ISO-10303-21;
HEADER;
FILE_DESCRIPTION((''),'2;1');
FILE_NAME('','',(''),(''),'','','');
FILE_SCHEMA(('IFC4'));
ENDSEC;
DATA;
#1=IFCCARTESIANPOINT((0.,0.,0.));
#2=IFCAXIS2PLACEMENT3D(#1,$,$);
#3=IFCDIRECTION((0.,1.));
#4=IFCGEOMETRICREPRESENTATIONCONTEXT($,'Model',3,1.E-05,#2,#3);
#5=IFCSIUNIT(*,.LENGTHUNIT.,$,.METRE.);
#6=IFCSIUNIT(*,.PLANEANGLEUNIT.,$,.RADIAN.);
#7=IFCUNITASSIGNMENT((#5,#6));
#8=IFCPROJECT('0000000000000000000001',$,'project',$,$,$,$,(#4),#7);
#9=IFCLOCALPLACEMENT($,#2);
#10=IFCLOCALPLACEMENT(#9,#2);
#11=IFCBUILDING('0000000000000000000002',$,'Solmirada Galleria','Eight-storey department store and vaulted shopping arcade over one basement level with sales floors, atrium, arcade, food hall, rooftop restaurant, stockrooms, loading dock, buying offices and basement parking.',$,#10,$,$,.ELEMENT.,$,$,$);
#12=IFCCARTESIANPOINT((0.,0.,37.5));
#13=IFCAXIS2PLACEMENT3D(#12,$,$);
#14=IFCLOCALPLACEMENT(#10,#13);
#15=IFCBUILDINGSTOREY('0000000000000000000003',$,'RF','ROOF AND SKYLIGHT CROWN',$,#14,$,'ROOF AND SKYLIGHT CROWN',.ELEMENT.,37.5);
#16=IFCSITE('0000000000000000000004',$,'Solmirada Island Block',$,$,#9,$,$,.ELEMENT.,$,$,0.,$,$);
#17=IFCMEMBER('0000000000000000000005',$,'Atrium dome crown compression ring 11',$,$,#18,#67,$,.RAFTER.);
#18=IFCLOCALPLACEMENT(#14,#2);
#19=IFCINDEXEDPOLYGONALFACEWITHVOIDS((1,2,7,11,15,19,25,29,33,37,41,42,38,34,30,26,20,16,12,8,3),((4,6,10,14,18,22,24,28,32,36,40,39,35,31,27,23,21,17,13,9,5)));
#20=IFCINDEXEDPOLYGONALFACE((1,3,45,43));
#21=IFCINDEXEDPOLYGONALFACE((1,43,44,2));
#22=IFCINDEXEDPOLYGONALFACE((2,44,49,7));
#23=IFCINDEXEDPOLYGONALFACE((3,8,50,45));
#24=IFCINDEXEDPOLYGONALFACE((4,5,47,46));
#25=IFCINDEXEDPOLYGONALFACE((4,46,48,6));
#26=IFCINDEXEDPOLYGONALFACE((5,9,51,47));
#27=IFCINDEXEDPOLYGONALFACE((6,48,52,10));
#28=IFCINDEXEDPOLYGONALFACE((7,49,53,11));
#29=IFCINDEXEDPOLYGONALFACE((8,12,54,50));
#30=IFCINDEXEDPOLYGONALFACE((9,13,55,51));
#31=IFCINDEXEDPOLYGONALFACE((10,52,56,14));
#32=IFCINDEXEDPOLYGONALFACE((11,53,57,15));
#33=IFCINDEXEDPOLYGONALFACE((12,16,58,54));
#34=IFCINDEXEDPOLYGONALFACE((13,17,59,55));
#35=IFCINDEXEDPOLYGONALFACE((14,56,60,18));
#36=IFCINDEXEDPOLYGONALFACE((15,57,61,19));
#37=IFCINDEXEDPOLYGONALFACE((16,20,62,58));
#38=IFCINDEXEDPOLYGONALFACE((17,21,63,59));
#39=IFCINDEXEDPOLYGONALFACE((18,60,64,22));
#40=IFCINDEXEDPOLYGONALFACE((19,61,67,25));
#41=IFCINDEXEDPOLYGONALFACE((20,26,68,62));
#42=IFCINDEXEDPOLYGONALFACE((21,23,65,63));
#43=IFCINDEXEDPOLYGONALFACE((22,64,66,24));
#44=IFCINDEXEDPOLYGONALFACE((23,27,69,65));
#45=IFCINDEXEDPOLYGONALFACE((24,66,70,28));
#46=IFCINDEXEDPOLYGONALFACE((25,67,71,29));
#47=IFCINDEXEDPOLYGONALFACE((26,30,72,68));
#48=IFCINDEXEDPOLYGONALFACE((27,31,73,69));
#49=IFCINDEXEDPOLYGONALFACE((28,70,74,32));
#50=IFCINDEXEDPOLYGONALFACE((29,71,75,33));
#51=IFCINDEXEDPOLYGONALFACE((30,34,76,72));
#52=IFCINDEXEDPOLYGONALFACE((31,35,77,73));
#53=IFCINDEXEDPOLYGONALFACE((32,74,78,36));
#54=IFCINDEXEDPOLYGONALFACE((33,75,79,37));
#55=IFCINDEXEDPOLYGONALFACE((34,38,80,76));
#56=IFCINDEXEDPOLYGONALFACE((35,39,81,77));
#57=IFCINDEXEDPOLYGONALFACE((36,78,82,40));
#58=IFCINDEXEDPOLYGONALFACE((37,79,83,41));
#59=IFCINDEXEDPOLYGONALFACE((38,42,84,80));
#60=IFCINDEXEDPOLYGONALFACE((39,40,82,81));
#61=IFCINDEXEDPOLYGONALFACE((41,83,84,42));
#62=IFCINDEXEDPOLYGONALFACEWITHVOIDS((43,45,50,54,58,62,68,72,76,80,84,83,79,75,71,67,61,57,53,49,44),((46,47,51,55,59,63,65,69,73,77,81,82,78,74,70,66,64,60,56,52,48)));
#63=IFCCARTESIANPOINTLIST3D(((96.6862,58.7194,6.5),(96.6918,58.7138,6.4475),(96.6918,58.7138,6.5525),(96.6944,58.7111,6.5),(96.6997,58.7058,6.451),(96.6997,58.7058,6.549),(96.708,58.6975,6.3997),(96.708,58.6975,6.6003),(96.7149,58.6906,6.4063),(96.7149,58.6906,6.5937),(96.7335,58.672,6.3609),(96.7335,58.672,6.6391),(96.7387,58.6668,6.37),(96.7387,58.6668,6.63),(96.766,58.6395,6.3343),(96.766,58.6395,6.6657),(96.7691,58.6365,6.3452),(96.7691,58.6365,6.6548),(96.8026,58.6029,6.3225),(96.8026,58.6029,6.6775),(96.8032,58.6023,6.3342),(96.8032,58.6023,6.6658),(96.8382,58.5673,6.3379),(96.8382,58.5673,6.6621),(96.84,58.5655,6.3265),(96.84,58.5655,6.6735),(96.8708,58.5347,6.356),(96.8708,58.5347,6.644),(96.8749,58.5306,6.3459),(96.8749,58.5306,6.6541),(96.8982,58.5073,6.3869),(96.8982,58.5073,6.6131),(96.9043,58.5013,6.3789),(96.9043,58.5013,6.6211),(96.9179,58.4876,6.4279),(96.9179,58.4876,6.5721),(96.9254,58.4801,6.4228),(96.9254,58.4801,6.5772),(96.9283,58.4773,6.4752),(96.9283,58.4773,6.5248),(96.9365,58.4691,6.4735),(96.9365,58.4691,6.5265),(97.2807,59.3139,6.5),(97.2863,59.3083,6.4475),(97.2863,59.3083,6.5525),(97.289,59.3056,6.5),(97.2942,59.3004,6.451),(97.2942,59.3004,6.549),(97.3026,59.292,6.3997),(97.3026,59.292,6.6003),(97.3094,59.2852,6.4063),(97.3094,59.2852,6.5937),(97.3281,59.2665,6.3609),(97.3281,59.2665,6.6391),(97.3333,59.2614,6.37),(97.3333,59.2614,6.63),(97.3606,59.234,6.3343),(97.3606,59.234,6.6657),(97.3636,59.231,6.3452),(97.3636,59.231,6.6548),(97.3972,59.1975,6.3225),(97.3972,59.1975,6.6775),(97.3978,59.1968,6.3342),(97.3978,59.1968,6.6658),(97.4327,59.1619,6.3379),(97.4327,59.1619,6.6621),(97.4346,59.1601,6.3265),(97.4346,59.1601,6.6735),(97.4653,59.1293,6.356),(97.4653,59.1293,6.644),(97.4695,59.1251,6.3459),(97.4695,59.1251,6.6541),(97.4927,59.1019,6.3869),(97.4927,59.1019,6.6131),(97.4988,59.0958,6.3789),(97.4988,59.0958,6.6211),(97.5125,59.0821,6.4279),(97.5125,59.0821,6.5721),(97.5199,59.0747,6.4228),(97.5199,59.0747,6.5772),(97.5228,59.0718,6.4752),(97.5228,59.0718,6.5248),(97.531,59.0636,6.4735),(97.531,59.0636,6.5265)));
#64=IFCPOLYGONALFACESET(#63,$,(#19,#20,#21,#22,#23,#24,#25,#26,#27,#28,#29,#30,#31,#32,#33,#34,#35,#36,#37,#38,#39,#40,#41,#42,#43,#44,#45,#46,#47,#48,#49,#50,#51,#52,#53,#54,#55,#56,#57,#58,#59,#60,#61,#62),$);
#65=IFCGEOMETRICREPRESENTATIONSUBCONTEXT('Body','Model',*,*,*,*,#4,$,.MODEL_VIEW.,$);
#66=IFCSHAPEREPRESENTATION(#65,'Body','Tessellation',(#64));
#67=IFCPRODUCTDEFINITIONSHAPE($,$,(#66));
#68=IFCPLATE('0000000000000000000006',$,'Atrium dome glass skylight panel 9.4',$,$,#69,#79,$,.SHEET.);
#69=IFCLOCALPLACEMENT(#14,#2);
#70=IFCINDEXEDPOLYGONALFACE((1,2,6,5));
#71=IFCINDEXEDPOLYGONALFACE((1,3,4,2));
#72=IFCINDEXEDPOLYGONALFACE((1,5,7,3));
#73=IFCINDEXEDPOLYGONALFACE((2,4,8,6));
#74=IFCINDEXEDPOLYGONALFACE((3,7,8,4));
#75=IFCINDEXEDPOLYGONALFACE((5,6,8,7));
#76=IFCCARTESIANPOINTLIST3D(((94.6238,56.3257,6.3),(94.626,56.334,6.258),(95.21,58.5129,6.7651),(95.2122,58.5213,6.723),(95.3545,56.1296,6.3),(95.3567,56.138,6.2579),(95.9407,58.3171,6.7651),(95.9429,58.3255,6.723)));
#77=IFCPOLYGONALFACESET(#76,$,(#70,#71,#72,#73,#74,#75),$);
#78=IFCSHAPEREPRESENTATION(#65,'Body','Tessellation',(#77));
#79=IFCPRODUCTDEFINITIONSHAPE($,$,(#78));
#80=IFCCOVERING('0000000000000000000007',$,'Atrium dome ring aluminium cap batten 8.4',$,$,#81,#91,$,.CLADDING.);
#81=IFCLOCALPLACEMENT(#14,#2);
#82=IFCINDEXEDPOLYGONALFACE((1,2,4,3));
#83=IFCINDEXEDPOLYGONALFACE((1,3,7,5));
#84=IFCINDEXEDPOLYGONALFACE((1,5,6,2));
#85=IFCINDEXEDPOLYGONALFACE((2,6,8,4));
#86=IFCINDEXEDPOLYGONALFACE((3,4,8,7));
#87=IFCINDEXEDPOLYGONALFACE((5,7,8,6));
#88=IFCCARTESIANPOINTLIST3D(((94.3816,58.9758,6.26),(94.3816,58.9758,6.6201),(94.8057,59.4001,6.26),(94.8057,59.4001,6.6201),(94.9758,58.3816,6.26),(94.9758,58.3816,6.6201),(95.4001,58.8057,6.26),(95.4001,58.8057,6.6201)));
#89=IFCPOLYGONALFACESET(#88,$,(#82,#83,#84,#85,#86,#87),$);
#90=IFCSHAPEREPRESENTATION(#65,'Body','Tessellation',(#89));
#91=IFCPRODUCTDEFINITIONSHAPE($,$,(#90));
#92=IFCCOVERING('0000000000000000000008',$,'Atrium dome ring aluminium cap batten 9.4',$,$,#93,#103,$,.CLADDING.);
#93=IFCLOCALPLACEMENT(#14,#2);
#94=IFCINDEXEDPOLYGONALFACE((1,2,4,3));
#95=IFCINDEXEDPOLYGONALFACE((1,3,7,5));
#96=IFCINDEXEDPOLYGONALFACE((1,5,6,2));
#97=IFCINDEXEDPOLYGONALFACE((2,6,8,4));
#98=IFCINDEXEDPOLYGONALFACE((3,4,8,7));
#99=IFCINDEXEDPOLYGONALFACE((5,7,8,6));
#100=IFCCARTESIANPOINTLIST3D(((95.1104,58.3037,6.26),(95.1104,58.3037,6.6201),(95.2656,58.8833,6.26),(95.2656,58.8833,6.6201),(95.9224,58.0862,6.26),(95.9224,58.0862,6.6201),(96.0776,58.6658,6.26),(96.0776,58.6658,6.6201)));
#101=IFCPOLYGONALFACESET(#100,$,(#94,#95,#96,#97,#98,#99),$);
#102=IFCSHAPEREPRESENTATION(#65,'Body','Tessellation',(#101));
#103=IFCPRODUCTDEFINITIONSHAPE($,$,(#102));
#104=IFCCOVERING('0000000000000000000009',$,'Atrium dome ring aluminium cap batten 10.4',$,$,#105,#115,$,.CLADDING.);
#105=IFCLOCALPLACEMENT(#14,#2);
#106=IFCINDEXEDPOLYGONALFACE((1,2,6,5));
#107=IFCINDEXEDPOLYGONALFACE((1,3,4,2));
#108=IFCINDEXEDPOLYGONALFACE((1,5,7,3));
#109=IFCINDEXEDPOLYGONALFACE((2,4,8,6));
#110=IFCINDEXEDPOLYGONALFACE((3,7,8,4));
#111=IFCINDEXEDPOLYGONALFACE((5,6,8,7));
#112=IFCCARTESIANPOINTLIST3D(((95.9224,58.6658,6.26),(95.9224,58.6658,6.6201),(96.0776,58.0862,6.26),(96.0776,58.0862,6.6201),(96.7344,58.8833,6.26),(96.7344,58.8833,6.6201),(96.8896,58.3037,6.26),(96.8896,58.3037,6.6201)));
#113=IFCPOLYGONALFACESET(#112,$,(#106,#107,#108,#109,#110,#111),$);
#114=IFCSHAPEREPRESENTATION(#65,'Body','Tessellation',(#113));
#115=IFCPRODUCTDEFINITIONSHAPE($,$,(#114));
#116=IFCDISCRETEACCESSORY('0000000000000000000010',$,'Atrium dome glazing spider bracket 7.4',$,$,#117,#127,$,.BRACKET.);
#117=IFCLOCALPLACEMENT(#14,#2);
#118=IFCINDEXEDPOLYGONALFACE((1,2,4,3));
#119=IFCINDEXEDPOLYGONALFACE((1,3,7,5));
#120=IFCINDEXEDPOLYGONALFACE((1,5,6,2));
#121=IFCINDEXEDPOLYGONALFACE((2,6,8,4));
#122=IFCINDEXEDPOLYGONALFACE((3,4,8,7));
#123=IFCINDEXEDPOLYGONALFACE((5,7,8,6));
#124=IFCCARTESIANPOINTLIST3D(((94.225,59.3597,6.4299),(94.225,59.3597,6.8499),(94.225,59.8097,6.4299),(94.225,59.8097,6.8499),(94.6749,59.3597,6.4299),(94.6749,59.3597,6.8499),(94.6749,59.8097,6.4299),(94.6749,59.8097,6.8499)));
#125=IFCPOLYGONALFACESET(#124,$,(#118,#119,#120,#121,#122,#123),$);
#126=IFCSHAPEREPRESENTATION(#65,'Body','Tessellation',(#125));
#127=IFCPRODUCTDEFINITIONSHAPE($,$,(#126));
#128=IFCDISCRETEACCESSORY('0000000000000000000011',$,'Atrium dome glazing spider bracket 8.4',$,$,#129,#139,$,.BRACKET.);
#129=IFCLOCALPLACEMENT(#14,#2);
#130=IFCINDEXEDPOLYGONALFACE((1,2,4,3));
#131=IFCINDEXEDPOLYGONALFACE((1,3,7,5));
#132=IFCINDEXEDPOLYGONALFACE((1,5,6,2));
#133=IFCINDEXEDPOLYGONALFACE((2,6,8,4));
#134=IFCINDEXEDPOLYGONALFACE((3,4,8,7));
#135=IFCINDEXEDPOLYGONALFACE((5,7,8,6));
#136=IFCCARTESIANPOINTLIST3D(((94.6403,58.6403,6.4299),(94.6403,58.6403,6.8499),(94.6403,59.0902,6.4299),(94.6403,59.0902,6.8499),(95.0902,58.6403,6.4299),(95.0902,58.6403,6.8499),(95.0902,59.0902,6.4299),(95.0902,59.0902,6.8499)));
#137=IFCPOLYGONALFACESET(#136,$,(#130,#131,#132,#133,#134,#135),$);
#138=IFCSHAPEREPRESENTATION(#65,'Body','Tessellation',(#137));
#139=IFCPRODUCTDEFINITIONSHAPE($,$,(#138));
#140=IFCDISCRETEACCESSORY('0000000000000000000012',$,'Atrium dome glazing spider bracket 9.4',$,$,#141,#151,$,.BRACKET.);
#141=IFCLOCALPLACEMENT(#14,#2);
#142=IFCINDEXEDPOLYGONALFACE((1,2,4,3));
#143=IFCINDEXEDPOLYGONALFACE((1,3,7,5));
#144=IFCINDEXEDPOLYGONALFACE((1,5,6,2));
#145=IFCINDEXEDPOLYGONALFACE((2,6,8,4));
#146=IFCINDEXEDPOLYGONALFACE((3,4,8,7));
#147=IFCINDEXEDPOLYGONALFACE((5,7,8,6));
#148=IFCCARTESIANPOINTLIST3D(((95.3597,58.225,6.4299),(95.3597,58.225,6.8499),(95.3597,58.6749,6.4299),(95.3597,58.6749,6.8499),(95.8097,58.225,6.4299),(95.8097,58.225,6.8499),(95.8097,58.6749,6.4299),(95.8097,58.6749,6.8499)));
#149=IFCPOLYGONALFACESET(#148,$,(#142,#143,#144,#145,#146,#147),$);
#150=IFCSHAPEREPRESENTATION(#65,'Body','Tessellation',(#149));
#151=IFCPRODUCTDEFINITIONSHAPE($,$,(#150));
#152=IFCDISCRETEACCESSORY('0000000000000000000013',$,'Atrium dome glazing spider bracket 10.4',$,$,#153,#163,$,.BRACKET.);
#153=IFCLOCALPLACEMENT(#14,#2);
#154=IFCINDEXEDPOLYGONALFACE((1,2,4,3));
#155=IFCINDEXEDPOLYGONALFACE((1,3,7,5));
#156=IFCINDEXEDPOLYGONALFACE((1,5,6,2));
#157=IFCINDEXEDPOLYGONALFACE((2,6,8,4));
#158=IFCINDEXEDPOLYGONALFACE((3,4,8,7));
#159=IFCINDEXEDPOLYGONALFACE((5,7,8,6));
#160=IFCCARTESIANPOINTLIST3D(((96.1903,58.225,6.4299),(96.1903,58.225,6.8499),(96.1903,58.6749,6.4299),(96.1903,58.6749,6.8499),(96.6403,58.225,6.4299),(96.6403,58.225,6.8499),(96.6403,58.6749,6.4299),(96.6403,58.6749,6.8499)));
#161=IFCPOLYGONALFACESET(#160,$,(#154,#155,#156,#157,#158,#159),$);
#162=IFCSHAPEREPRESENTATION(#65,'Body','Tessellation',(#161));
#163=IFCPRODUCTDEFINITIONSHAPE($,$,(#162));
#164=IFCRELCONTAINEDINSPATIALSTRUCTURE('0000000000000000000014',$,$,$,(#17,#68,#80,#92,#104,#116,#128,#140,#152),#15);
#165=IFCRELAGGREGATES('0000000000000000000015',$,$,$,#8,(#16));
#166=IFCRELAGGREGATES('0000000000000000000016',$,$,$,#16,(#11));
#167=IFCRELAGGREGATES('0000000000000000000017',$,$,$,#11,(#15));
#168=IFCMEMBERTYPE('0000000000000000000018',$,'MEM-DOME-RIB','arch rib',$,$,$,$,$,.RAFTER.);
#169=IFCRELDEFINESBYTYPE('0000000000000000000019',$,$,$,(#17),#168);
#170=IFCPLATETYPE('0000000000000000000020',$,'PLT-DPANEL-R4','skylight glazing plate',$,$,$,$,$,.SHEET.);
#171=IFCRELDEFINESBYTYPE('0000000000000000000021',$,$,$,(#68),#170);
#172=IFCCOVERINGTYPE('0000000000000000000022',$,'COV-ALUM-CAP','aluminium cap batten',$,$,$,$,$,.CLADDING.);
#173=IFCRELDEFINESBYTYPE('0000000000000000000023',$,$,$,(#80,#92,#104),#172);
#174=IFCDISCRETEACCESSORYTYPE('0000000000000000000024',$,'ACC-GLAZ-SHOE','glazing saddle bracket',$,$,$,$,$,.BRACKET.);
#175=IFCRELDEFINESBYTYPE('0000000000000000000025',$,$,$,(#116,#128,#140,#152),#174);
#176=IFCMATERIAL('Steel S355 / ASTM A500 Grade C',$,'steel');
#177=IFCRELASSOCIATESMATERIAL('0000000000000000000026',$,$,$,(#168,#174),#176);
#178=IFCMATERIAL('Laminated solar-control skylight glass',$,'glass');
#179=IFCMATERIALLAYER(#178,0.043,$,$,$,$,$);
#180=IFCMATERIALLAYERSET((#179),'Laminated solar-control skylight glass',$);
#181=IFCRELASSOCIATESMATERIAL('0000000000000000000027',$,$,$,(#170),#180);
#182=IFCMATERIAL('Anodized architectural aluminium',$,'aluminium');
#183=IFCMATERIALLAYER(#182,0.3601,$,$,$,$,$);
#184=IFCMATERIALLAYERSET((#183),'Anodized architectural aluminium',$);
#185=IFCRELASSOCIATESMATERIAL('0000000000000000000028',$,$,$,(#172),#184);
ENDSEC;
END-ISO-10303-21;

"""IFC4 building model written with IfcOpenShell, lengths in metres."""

from ifc_helpers import new_model, si_unit, direction, frame, origin, origin_2d, place, context, subcontext, project, spatial, polyline, rectangle, hollow_circle, outline, extrude, material, layer, layer_set, material_profile, profile_set, type_object, element, save


model = new_model("IFC4")

# Units and contexts
model_context = context("Model", 3, precision=1e-05, world=origin(), true_north=direction((0.0, 1.0)))
body_context = subcontext(model_context, "Body", "Model", "MODEL_VIEW")
ifc_project = project(units=[si_unit("LENGTHUNIT", "METRE"), si_unit("PLANEANGLEUNIT", "RADIAN")], contexts=[model_context])

# Site, building, storey
site_placement = place(None, origin())
site = spatial("IfcSite", under=ifc_project, at=site_placement, Name="Solmirada Island Block", CompositionType="ELEMENT", RefElevation=0.0)
building_placement = place(site_placement, origin())
building = spatial("IfcBuilding", under=site, at=building_placement, Name="Solmirada Galleria", Description="Eight-storey department store and vaulted shopping arcade over one basement level with sales floors, atrium, arcade, food hall, rooftop restaurant, stockrooms, loading dock, buying offices and basement parking.", CompositionType="ELEMENT")
storey_placement = place(building_placement, frame((0.0, 0.0, 37.5)))
storey = spatial("IfcBuildingStorey", under=building, at=storey_placement, Name="RF", Description="ROOF AND SKYLIGHT CROWN", LongName="ROOF AND SKYLIGHT CROWN", CompositionType="ELEMENT", Elevation=37.5)

# Member
ifc_material_1 = material(Name="Steel S355 / ASTM A500 Grade C", Category="steel")
ifc_material_profile_1 = material_profile(ifc_material_1, hollow_circle(Radius=0.178, WallThickness=0.0117, at=origin_2d()), Name="HSS14.000X0.500")
ifc_profile_set_1 = profile_set([ifc_material_profile_1], Name="Steel S355 / ASTM A500 Grade C")
member_type_1 = type_object("IfcMemberType", Name="MEM-DOME-RIB", Description="arch rib", PredefinedType="RAFTER", material=ifc_profile_set_1)
member_1_placement = place(storey_placement, frame((96.812, 58.5935, 6.5), z_axis=(0.707107, 0.707107, 0.0), x_axis=(-0.707107, 0.707107, 0.0)))
element("IfcMember", 1, at=member_1_placement, inside=storey, type_object=member_type_1, Name="Atrium dome crown compression ring 11", PredefinedType="RAFTER", context=body_context, shape_type="SweptSolid", body=[
    extrude(hollow_circle(Radius=0.178, WallThickness=0.0117, at=origin_2d()), origin(), (0.0, 0.0, 1.0), 0.8408),
])

# Plate
ifc_material_2 = material(Name="Laminated solar-control skylight glass", Category="glass")
ifc_layer_1 = layer(ifc_material_2, 0.043)
ifc_layer_set_1 = layer_set([ifc_layer_1], Name="Laminated solar-control skylight glass")
plate_type = type_object("IfcPlateType", Name="PLT-DPANEL-R4", Description="skylight glazing plate", PredefinedType="SHEET", material=ifc_layer_set_1)
plate_placement = place(storey_placement, frame((94.6238, 56.3257, 6.3), z_axis=(-0.052101, -0.194314, 0.979555), x_axis=(0.965844, -0.259122, -0.000031)))
element("IfcPlate", 2, at=plate_placement, inside=storey, type_object=plate_type, Name="Atrium dome glass skylight panel 9.4", PredefinedType="SHEET", context=body_context, shape_type="SweptSolid", body=[
    extrude(outline(polyline([(0.0, 0.0), (0.7566, 0.0), (0.7559, 2.3119), (-0.0006, 2.3117), (0.0, 0.0)])), origin(), (0.0, 0.0, -1.0), 0.043),
])

# Coverings
ifc_material_3 = material(Name="Anodized architectural aluminium", Category="aluminium")
ifc_layer_2 = layer(ifc_material_3, 0.3601)
ifc_layer_set_2 = layer_set([ifc_layer_2], Name="Anodized architectural aluminium")
covering_type = type_object("IfcCoveringType", Name="COV-ALUM-CAP", Description="aluminium cap batten", PredefinedType="CLADDING", material=ifc_layer_set_2)
covering_1_placement = place(storey_placement, frame((94.3816, 58.9758, 6.6201), z_axis=(0.0, 0.0, 1.0), x_axis=(0.706903, 0.70731, 0.0)))
element("IfcCovering", 3, at=covering_1_placement, inside=storey, type_object=covering_type, Name="Atrium dome ring aluminium cap batten 8.4", PredefinedType="CLADDING", context=body_context, shape_type="SweptSolid", body=[
    extrude(outline(polyline([(0.0, 0.0), (0.5999, 0.0), (0.5997, -0.8407), (-0.0002, -0.8404), (0.0, 0.0)])), origin(), (0.0, 0.0, -1.0), 0.3601),
])
covering_2_placement = place(storey_placement, frame((95.1104, 58.3037, 6.6201), z_axis=(0.0, 0.0, 1.0), x_axis=(0.258777, 0.965937, 0.0)))
element("IfcCovering", 4, at=covering_2_placement, inside=storey, type_object=covering_type, Name="Atrium dome ring aluminium cap batten 9.4", PredefinedType="CLADDING", context=body_context, shape_type="SweptSolid", body=[
    extrude(outline(polyline([(0.0, 0.0), (0.6, 0.0), (0.6, -0.8406), (0.0, -0.8406), (0.0, 0.0)])), origin(), (0.0, 0.0, -1.0), 0.3601),
])
covering_3_placement = place(storey_placement, frame((96.0776, 58.0862, 6.6201), z_axis=(0.0, 0.0, 1.0), x_axis=(-0.258777, 0.965937, 0.0)))
element("IfcCovering", 5, at=covering_3_placement, inside=storey, type_object=covering_type, Name="Atrium dome ring aluminium cap batten 10.4", PredefinedType="CLADDING", context=body_context, shape_type="SweptSolid", body=[
    extrude(outline(polyline([(0.0, 0.0), (0.6, 0.0), (0.6, -0.8406), (0.0, -0.8406), (0.0, 0.0)])), origin(), (0.0, 0.0, -1.0), 0.3601),
])

# Discrete accessories
discrete_accessory_type = type_object("IfcDiscreteAccessoryType", Name="ACC-GLAZ-SHOE", Description="glazing saddle bracket", PredefinedType="BRACKET", material=ifc_material_1)
for number, where, z_axis, x_axis, name in (
    (6, (94.45, 59.5847, 6.4299), (0.0, 0.0, 1.0), (1.0, 0.0, 0.0), "Atrium dome glazing spider bracket 7.4"),
    (7, (94.8652, 58.8652, 6.4299), (0.0, 0.0, 1.0), (1.0, 0.0, 0.0), "Atrium dome glazing spider bracket 8.4"),
    (8, (95.5847, 58.45, 6.4299), (0.0, 0.0, 1.0), (1.0, 0.0, 0.0), "Atrium dome glazing spider bracket 9.4"),
    (9, (96.4153, 58.45, 6.4299), (0.0, 0.0, 1.0), (1.0, 0.0, 0.0), "Atrium dome glazing spider bracket 10.4"),
):
    element("IfcDiscreteAccessory", number, at=place(storey_placement, frame(where, z_axis=z_axis, x_axis=x_axis)), inside=storey, type_object=discrete_accessory_type, Name=name, PredefinedType="BRACKET", context=body_context, shape_type="SweptSolid", body=[
        extrude(rectangle(XDim=0.45, YDim=0.45, at=origin_2d()), origin(), (0.0, 0.0, 1.0), 0.4199),
    ])

save(model, "model.ifc")
